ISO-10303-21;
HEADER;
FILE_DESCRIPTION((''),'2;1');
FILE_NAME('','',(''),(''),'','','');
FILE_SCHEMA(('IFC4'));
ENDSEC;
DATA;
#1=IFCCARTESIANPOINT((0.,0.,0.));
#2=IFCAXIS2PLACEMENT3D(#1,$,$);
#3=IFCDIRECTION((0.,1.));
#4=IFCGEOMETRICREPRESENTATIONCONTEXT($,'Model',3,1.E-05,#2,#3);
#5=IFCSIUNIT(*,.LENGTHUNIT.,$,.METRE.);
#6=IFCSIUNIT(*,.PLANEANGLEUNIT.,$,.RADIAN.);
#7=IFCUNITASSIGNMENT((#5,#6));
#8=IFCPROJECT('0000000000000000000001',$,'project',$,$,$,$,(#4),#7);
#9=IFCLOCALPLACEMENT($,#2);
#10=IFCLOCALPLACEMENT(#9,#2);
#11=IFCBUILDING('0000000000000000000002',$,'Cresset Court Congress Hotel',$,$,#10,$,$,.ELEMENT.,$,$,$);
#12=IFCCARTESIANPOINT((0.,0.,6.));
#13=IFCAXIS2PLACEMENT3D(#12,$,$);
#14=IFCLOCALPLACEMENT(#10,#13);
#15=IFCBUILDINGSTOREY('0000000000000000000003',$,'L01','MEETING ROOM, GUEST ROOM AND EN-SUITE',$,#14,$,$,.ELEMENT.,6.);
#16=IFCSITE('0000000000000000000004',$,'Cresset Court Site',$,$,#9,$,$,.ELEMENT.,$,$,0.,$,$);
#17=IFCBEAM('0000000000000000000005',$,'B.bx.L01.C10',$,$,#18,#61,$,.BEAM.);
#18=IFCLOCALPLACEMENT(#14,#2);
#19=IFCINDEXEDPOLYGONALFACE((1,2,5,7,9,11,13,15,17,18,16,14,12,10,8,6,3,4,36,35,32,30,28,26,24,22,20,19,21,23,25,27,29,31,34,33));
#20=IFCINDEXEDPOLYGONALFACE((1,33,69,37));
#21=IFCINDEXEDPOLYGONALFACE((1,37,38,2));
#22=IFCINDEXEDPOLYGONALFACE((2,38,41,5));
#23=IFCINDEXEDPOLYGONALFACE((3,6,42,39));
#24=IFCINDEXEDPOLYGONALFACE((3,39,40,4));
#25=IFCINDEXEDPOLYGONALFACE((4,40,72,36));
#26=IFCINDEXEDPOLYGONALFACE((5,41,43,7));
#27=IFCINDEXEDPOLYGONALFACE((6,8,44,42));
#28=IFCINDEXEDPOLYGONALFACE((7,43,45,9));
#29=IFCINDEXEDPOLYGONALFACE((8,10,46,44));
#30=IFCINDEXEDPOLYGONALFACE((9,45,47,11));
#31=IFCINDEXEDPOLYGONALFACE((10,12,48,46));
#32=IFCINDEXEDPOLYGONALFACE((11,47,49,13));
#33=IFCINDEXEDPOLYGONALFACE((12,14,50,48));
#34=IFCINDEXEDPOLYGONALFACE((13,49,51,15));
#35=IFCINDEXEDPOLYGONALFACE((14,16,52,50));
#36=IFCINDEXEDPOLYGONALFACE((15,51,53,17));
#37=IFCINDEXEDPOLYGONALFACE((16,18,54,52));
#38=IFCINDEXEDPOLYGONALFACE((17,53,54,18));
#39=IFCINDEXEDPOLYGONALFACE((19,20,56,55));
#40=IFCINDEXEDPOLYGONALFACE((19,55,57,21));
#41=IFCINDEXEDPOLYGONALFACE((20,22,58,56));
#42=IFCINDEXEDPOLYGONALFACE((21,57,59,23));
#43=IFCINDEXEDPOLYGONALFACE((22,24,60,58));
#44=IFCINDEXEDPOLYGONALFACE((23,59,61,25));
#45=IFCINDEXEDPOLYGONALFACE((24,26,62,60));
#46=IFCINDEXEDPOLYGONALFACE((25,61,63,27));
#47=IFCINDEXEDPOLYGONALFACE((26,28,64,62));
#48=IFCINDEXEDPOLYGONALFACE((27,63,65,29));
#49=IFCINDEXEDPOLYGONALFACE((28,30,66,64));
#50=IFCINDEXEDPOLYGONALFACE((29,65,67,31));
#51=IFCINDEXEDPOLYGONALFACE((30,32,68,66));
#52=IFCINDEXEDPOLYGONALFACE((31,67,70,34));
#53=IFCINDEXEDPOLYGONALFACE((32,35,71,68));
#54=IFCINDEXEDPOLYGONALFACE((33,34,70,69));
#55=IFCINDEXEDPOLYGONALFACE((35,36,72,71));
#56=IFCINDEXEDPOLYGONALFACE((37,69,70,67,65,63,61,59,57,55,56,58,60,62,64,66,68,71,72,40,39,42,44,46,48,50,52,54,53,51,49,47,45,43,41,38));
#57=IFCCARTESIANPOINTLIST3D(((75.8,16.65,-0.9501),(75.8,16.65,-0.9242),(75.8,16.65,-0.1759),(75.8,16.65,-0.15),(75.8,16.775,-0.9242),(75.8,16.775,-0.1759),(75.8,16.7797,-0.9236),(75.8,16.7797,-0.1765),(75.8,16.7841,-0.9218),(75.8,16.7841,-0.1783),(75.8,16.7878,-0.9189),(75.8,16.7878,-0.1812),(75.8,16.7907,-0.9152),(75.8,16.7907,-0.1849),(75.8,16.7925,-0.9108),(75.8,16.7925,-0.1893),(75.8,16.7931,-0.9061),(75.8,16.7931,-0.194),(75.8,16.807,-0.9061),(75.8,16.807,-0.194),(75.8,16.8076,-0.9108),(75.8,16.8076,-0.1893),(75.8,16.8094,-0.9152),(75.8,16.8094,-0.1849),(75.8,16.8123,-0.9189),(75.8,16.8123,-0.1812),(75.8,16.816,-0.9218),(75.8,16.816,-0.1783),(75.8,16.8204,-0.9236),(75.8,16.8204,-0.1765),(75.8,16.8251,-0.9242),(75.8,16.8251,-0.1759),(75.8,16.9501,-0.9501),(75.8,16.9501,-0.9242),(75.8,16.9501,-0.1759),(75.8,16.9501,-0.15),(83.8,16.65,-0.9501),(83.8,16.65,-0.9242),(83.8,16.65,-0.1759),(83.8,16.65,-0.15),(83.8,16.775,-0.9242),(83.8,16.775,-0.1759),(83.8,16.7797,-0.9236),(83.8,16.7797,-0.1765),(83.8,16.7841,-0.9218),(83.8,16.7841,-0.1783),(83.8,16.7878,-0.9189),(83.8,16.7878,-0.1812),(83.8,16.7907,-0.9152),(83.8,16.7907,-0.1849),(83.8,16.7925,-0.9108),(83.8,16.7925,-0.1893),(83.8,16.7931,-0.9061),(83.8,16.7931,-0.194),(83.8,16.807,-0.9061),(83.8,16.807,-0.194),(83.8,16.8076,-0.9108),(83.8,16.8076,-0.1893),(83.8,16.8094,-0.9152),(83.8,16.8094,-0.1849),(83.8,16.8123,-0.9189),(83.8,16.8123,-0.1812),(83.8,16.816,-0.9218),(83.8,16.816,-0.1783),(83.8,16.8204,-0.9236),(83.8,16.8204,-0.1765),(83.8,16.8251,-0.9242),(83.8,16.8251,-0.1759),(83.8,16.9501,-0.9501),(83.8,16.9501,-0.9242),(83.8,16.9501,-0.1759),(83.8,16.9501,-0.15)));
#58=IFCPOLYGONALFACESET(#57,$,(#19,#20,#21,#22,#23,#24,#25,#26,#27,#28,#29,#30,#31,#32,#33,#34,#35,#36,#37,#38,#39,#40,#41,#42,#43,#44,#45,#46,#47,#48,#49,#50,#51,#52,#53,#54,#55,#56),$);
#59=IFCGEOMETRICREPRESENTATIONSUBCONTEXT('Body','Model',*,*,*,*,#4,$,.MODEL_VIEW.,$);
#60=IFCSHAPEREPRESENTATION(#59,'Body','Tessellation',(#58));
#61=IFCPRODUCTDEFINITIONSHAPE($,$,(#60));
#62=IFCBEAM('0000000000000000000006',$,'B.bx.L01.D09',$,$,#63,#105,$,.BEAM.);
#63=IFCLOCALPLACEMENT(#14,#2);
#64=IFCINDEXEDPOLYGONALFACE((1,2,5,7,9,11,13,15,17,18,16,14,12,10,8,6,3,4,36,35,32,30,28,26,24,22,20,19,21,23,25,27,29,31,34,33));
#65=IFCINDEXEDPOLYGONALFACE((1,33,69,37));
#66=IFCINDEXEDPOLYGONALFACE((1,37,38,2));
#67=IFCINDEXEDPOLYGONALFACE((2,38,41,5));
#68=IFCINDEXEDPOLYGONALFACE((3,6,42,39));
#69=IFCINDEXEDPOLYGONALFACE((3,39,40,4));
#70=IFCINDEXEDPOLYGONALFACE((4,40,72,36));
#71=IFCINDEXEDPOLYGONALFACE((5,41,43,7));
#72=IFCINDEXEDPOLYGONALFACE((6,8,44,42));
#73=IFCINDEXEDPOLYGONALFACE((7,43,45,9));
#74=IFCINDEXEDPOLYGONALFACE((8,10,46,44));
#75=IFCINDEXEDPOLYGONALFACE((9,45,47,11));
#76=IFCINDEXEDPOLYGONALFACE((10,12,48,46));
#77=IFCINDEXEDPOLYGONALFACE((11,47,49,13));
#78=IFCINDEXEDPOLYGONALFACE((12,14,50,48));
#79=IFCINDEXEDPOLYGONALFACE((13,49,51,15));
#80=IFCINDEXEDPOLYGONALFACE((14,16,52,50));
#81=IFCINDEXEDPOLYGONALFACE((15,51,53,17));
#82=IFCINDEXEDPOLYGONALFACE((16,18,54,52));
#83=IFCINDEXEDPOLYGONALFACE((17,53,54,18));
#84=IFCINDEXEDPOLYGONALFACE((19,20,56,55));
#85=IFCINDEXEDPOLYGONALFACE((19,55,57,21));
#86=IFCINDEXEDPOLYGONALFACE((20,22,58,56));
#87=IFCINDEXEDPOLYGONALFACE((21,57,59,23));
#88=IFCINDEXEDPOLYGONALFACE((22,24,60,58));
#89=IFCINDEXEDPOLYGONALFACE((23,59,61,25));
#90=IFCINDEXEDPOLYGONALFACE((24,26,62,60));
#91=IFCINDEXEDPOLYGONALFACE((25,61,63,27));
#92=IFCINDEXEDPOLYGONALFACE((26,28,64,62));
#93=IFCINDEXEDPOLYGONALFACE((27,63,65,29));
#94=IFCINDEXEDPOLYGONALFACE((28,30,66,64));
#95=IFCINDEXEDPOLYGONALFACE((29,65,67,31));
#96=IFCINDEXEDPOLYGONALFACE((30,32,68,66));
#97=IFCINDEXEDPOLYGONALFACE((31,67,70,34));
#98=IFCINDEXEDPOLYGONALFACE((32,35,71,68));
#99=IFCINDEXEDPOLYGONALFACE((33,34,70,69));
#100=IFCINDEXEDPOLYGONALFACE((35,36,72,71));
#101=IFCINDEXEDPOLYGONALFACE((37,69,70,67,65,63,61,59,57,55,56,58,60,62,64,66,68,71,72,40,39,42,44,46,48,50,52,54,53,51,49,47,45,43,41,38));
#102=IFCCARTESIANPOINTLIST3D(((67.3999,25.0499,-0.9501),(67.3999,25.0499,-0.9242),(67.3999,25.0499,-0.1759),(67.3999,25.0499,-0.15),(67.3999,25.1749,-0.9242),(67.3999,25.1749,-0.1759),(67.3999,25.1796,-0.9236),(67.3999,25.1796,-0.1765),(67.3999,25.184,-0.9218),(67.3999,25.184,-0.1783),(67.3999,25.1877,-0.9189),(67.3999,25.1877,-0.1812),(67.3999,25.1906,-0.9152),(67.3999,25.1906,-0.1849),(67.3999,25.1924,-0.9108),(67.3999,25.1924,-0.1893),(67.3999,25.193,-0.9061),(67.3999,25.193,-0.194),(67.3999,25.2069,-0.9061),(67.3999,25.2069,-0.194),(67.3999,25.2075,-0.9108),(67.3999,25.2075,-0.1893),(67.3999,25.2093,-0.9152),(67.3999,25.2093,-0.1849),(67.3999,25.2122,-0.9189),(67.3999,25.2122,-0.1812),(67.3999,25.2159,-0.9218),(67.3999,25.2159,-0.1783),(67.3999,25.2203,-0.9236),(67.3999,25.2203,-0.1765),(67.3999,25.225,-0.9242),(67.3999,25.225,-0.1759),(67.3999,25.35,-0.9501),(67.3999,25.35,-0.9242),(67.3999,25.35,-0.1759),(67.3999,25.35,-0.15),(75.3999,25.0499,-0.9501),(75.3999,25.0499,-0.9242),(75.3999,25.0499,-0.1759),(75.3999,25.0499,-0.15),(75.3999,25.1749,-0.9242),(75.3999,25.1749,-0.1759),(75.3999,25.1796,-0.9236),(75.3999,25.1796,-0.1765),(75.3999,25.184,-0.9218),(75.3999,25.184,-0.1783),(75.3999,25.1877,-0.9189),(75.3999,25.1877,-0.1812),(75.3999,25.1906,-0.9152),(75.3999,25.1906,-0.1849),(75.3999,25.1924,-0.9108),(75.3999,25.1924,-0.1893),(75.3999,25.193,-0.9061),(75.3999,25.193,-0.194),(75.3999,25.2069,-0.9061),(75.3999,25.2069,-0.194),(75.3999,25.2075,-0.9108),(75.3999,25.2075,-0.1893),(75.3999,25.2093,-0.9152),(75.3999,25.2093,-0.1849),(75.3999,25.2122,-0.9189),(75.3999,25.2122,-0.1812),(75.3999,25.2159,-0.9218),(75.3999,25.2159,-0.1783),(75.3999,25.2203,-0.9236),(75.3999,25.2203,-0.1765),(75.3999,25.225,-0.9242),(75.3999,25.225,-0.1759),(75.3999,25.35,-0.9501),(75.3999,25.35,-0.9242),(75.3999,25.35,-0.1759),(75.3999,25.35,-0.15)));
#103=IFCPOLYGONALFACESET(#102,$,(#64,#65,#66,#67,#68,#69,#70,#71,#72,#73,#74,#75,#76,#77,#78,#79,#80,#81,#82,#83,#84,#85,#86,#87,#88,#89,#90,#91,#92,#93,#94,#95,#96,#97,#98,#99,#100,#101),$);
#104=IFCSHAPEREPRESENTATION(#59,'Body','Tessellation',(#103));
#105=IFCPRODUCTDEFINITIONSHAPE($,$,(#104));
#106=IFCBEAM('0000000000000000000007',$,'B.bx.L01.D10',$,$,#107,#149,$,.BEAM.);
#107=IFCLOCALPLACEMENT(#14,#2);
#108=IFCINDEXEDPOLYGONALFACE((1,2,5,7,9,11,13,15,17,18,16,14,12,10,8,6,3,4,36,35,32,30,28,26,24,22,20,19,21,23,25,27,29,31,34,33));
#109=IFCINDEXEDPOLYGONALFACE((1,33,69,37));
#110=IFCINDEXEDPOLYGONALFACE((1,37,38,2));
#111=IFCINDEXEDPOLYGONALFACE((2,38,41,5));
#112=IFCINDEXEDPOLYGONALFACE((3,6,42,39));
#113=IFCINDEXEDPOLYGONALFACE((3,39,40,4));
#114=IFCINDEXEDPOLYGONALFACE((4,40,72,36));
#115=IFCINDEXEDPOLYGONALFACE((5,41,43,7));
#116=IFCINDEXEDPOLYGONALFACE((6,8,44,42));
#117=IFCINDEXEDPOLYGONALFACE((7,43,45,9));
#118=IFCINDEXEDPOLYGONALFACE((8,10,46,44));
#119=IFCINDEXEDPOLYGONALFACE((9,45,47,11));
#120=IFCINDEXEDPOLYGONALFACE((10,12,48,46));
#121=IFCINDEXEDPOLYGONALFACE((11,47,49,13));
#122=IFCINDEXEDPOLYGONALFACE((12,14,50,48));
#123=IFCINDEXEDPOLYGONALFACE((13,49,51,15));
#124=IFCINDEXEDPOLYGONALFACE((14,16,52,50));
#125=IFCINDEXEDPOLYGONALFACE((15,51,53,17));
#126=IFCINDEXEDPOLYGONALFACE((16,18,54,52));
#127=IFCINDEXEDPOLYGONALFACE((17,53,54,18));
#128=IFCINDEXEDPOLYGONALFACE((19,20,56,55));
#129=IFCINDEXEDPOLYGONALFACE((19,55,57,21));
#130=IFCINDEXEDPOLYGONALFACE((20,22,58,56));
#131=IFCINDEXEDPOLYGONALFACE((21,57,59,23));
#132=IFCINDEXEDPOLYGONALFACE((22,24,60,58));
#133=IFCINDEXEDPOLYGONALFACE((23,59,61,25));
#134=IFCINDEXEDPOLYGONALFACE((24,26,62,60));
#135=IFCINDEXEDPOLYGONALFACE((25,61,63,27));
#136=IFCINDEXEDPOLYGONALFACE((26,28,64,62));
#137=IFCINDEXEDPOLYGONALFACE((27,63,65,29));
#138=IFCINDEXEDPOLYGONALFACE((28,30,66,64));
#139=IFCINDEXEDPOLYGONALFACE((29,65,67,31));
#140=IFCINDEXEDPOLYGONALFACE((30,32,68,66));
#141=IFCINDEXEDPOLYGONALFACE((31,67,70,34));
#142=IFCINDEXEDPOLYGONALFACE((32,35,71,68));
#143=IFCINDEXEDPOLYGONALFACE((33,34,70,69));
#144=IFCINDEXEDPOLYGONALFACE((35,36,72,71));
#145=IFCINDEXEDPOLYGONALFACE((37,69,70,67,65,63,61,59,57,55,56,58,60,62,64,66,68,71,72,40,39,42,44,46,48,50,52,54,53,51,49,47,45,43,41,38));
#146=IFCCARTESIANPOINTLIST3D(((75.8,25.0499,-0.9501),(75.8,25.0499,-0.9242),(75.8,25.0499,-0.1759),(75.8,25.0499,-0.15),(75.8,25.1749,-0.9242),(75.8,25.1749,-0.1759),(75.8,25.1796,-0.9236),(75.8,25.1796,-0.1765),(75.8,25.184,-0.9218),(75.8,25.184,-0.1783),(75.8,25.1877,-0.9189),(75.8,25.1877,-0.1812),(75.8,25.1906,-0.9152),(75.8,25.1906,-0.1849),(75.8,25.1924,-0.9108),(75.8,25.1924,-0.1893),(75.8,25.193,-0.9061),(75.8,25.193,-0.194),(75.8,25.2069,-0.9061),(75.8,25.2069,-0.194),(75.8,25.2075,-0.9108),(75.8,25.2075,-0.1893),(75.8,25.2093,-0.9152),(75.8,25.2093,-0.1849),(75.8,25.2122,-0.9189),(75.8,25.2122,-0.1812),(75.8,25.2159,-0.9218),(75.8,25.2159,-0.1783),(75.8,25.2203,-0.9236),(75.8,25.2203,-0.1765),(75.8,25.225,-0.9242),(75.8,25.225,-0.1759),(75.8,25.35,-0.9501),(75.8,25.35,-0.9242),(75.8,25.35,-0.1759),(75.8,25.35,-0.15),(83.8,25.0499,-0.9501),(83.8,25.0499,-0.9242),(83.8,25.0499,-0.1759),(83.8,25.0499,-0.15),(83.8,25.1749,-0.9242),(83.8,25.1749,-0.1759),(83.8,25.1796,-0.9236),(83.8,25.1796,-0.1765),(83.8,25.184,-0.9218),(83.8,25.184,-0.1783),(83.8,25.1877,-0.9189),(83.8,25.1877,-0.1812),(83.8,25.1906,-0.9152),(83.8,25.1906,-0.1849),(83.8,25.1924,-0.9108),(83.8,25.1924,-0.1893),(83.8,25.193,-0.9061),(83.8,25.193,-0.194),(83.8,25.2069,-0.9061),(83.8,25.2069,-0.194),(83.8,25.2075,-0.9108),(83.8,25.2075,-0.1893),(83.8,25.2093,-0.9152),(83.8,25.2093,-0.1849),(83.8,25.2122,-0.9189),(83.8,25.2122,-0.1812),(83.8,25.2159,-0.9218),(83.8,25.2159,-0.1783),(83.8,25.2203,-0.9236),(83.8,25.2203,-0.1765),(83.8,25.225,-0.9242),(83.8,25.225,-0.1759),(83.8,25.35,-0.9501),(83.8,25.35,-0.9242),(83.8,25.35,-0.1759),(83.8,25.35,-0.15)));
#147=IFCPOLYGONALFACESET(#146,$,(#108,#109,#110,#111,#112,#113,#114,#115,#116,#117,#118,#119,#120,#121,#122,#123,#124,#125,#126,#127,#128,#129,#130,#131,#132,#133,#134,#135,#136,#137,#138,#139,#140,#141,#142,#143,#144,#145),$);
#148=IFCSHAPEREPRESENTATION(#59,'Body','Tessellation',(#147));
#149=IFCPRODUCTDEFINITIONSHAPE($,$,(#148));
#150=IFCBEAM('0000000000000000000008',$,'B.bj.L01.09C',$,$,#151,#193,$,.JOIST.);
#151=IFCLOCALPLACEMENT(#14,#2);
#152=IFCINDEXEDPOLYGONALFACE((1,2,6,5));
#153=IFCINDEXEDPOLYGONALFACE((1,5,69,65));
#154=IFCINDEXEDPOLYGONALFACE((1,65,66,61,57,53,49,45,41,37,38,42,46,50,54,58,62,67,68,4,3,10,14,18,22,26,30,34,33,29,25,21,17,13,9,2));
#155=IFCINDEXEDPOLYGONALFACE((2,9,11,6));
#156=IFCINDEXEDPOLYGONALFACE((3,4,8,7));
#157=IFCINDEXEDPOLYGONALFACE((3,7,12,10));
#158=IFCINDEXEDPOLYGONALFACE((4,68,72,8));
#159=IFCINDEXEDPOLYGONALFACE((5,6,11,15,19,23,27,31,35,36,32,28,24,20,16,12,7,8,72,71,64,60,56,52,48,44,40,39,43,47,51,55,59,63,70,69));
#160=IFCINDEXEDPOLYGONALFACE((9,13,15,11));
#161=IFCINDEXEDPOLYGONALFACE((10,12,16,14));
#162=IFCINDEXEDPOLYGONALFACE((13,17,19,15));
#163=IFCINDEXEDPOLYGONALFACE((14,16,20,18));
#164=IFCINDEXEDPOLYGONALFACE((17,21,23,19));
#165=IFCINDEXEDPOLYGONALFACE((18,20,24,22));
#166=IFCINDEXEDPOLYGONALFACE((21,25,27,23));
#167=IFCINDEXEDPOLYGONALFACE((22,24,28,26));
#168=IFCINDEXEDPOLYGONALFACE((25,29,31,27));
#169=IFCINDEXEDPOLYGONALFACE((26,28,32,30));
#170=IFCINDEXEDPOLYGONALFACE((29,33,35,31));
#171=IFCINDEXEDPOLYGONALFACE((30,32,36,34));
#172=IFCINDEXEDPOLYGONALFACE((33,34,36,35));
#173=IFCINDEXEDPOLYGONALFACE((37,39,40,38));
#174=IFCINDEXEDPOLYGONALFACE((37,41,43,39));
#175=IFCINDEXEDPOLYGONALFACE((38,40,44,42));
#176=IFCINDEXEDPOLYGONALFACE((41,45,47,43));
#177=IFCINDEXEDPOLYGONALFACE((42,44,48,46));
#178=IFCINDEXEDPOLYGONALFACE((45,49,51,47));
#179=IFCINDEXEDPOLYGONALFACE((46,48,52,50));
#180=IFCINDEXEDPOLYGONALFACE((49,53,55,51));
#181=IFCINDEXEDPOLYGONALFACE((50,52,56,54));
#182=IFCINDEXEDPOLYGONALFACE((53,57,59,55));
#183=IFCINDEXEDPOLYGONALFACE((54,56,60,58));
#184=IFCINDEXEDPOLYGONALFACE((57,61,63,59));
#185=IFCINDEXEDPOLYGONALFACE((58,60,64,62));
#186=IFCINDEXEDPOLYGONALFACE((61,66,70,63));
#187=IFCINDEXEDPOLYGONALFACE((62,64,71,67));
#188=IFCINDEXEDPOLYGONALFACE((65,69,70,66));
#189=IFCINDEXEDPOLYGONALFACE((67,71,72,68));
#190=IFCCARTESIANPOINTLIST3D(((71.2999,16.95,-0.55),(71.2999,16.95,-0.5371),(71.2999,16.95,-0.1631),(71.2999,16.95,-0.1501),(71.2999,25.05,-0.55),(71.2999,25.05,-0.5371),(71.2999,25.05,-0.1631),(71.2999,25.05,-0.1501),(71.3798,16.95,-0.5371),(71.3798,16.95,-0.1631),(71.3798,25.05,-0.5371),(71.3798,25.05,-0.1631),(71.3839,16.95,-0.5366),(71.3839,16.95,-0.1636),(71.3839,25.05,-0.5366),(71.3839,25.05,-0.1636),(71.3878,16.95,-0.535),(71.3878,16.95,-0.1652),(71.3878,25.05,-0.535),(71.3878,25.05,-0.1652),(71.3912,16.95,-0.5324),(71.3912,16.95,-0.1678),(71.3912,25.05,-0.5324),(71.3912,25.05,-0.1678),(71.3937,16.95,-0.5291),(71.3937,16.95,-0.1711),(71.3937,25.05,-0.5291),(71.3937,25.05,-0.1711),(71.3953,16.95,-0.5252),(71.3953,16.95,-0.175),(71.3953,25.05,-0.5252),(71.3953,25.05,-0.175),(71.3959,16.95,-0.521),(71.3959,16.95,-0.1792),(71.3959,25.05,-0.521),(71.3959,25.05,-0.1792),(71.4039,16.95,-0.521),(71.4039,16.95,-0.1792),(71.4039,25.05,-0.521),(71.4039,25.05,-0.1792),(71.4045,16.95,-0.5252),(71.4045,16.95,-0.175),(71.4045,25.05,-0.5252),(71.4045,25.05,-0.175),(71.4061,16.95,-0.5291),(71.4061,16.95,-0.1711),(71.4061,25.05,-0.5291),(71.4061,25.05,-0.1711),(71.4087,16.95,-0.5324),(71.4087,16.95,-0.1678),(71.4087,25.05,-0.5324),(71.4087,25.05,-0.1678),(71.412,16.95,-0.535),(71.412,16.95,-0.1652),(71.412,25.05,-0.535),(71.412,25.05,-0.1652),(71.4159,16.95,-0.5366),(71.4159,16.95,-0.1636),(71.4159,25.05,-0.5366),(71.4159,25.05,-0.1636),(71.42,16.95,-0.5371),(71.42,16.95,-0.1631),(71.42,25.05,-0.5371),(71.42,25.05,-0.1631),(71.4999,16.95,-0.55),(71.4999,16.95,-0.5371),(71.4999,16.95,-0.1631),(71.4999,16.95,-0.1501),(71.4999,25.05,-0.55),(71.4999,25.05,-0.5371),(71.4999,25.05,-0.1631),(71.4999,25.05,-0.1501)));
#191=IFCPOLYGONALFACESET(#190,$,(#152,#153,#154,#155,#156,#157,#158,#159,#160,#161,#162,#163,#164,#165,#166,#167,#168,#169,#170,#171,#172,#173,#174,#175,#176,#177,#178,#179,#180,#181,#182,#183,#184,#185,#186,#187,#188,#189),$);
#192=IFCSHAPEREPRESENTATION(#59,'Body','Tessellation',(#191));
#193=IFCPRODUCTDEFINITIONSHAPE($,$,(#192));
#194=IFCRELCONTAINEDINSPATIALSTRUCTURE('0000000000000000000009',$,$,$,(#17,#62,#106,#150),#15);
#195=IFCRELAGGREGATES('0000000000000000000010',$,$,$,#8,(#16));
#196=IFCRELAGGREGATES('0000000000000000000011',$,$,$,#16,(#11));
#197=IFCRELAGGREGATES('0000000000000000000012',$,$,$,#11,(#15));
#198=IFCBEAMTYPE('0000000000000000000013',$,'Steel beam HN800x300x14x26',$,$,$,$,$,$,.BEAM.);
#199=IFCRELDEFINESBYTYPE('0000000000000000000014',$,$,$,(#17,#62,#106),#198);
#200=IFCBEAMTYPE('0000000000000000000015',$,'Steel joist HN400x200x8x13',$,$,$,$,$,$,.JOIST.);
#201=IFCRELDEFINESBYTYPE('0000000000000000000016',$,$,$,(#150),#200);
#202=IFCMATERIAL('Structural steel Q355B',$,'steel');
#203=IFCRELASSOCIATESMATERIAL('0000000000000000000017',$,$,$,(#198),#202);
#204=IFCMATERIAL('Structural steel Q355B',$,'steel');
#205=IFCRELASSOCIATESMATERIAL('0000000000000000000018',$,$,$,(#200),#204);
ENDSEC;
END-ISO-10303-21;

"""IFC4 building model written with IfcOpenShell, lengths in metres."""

from ifc_helpers import new_model, si_unit, direction, frame, origin, origin_2d, place, context, subcontext, project, spatial, i_section, extrude, material, material_profile, profile_set, type_object, element, save


model = new_model("IFC4")

# Units and contexts
model_context = context("Model", 3, precision=1e-05, world=origin(), true_north=direction((0.0, 1.0)))
body_context = subcontext(model_context, "Body", "Model", "MODEL_VIEW")
ifc_project = project(units=[si_unit("LENGTHUNIT", "METRE"), si_unit("PLANEANGLEUNIT", "RADIAN")], contexts=[model_context])

# Site, building, storey
site_placement = place(None, origin())
site = spatial("IfcSite", under=ifc_project, at=site_placement, Name="Cresset Court Site", CompositionType="ELEMENT", RefElevation=0.0)
building_placement = place(site_placement, origin())
building = spatial("IfcBuilding", under=site, at=building_placement, Name="Cresset Court Congress Hotel", CompositionType="ELEMENT")
storey_placement = place(building_placement, frame((0.0, 0.0, 6.0)))
storey = spatial("IfcBuildingStorey", under=building, at=storey_placement, Name="L01", Description="MEETING ROOM, GUEST ROOM AND EN-SUITE", CompositionType="ELEMENT", Elevation=6.0)

# Beams
ifc_material_1 = material(Name="Structural steel Q355B", Category="steel")
ifc_material_profile_1 = material_profile(ifc_material_1, i_section(OverallWidth=0.3, OverallDepth=0.8, WebThickness=0.0139, FlangeThickness=0.0259, FilletRadius=0.0181, at=origin_2d()), Name="HN800x300x14x26")
ifc_profile_set_1 = profile_set([ifc_material_profile_1], Name="Structural steel Q355B")
beam_type_1 = type_object("IfcBeamType", Name="Steel beam HN800x300x14x26", PredefinedType="BEAM", material=ifc_profile_set_1)
for number, where, z_axis, x_axis, name in (
    (1, (75.8, 16.8, -0.55), (1.0, 0.0, 0.0), (0.0, 1.0, 0.0), "B.bx.L01.C10"),
    (2, (67.3999, 25.2, -0.55), (1.0, 0.0, 0.0), (0.0, 1.0, 0.0), "B.bx.L01.D09"),
    (3, (75.8, 25.2, -0.55), (1.0, 0.0, 0.0), (0.0, 1.0, 0.0), "B.bx.L01.D10"),
):
    element("IfcBeam", number, at=place(storey_placement, frame(where, z_axis=z_axis, x_axis=x_axis)), inside=storey, type_object=beam_type_1, Name=name, PredefinedType="BEAM", context=body_context, shape_type="SweptSolid", body=[
        extrude(i_section(OverallWidth=0.3, OverallDepth=0.8, WebThickness=0.0139, FlangeThickness=0.0259, FilletRadius=0.0181, at=origin_2d()), origin(), (0.0, 0.0, 1.0), 8.0),
    ])
ifc_material_2 = material(Name="Structural steel Q355B", Category="steel")
ifc_material_profile_2 = material_profile(ifc_material_2, i_section(OverallWidth=0.2, OverallDepth=0.3999, WebThickness=0.0081, FlangeThickness=0.0129, FilletRadius=0.0161, at=origin_2d()), Name="HN400x200x8x13")
ifc_profile_set_2 = profile_set([ifc_material_profile_2], Name="Structural steel Q355B")
beam_type_2 = type_object("IfcBeamType", Name="Steel joist HN400x200x8x13", PredefinedType="JOIST", material=ifc_profile_set_2)
beam_1_placement = place(storey_placement, frame((71.3999, 16.95, -0.3501), z_axis=(0.0, 1.0, 0.0), x_axis=(-1.0, 0.0, 0.0)))
element("IfcBeam", 4, at=beam_1_placement, inside=storey, type_object=beam_type_2, Name="B.bj.L01.09C", PredefinedType="JOIST", context=body_context, shape_type="SweptSolid", body=[
    extrude(i_section(OverallWidth=0.2, OverallDepth=0.3999, WebThickness=0.0081, FlangeThickness=0.0129, FilletRadius=0.0161, at=origin_2d()), origin(), (0.0, 0.0, 1.0), 8.1001),
])

save(model, "model.ifc")
